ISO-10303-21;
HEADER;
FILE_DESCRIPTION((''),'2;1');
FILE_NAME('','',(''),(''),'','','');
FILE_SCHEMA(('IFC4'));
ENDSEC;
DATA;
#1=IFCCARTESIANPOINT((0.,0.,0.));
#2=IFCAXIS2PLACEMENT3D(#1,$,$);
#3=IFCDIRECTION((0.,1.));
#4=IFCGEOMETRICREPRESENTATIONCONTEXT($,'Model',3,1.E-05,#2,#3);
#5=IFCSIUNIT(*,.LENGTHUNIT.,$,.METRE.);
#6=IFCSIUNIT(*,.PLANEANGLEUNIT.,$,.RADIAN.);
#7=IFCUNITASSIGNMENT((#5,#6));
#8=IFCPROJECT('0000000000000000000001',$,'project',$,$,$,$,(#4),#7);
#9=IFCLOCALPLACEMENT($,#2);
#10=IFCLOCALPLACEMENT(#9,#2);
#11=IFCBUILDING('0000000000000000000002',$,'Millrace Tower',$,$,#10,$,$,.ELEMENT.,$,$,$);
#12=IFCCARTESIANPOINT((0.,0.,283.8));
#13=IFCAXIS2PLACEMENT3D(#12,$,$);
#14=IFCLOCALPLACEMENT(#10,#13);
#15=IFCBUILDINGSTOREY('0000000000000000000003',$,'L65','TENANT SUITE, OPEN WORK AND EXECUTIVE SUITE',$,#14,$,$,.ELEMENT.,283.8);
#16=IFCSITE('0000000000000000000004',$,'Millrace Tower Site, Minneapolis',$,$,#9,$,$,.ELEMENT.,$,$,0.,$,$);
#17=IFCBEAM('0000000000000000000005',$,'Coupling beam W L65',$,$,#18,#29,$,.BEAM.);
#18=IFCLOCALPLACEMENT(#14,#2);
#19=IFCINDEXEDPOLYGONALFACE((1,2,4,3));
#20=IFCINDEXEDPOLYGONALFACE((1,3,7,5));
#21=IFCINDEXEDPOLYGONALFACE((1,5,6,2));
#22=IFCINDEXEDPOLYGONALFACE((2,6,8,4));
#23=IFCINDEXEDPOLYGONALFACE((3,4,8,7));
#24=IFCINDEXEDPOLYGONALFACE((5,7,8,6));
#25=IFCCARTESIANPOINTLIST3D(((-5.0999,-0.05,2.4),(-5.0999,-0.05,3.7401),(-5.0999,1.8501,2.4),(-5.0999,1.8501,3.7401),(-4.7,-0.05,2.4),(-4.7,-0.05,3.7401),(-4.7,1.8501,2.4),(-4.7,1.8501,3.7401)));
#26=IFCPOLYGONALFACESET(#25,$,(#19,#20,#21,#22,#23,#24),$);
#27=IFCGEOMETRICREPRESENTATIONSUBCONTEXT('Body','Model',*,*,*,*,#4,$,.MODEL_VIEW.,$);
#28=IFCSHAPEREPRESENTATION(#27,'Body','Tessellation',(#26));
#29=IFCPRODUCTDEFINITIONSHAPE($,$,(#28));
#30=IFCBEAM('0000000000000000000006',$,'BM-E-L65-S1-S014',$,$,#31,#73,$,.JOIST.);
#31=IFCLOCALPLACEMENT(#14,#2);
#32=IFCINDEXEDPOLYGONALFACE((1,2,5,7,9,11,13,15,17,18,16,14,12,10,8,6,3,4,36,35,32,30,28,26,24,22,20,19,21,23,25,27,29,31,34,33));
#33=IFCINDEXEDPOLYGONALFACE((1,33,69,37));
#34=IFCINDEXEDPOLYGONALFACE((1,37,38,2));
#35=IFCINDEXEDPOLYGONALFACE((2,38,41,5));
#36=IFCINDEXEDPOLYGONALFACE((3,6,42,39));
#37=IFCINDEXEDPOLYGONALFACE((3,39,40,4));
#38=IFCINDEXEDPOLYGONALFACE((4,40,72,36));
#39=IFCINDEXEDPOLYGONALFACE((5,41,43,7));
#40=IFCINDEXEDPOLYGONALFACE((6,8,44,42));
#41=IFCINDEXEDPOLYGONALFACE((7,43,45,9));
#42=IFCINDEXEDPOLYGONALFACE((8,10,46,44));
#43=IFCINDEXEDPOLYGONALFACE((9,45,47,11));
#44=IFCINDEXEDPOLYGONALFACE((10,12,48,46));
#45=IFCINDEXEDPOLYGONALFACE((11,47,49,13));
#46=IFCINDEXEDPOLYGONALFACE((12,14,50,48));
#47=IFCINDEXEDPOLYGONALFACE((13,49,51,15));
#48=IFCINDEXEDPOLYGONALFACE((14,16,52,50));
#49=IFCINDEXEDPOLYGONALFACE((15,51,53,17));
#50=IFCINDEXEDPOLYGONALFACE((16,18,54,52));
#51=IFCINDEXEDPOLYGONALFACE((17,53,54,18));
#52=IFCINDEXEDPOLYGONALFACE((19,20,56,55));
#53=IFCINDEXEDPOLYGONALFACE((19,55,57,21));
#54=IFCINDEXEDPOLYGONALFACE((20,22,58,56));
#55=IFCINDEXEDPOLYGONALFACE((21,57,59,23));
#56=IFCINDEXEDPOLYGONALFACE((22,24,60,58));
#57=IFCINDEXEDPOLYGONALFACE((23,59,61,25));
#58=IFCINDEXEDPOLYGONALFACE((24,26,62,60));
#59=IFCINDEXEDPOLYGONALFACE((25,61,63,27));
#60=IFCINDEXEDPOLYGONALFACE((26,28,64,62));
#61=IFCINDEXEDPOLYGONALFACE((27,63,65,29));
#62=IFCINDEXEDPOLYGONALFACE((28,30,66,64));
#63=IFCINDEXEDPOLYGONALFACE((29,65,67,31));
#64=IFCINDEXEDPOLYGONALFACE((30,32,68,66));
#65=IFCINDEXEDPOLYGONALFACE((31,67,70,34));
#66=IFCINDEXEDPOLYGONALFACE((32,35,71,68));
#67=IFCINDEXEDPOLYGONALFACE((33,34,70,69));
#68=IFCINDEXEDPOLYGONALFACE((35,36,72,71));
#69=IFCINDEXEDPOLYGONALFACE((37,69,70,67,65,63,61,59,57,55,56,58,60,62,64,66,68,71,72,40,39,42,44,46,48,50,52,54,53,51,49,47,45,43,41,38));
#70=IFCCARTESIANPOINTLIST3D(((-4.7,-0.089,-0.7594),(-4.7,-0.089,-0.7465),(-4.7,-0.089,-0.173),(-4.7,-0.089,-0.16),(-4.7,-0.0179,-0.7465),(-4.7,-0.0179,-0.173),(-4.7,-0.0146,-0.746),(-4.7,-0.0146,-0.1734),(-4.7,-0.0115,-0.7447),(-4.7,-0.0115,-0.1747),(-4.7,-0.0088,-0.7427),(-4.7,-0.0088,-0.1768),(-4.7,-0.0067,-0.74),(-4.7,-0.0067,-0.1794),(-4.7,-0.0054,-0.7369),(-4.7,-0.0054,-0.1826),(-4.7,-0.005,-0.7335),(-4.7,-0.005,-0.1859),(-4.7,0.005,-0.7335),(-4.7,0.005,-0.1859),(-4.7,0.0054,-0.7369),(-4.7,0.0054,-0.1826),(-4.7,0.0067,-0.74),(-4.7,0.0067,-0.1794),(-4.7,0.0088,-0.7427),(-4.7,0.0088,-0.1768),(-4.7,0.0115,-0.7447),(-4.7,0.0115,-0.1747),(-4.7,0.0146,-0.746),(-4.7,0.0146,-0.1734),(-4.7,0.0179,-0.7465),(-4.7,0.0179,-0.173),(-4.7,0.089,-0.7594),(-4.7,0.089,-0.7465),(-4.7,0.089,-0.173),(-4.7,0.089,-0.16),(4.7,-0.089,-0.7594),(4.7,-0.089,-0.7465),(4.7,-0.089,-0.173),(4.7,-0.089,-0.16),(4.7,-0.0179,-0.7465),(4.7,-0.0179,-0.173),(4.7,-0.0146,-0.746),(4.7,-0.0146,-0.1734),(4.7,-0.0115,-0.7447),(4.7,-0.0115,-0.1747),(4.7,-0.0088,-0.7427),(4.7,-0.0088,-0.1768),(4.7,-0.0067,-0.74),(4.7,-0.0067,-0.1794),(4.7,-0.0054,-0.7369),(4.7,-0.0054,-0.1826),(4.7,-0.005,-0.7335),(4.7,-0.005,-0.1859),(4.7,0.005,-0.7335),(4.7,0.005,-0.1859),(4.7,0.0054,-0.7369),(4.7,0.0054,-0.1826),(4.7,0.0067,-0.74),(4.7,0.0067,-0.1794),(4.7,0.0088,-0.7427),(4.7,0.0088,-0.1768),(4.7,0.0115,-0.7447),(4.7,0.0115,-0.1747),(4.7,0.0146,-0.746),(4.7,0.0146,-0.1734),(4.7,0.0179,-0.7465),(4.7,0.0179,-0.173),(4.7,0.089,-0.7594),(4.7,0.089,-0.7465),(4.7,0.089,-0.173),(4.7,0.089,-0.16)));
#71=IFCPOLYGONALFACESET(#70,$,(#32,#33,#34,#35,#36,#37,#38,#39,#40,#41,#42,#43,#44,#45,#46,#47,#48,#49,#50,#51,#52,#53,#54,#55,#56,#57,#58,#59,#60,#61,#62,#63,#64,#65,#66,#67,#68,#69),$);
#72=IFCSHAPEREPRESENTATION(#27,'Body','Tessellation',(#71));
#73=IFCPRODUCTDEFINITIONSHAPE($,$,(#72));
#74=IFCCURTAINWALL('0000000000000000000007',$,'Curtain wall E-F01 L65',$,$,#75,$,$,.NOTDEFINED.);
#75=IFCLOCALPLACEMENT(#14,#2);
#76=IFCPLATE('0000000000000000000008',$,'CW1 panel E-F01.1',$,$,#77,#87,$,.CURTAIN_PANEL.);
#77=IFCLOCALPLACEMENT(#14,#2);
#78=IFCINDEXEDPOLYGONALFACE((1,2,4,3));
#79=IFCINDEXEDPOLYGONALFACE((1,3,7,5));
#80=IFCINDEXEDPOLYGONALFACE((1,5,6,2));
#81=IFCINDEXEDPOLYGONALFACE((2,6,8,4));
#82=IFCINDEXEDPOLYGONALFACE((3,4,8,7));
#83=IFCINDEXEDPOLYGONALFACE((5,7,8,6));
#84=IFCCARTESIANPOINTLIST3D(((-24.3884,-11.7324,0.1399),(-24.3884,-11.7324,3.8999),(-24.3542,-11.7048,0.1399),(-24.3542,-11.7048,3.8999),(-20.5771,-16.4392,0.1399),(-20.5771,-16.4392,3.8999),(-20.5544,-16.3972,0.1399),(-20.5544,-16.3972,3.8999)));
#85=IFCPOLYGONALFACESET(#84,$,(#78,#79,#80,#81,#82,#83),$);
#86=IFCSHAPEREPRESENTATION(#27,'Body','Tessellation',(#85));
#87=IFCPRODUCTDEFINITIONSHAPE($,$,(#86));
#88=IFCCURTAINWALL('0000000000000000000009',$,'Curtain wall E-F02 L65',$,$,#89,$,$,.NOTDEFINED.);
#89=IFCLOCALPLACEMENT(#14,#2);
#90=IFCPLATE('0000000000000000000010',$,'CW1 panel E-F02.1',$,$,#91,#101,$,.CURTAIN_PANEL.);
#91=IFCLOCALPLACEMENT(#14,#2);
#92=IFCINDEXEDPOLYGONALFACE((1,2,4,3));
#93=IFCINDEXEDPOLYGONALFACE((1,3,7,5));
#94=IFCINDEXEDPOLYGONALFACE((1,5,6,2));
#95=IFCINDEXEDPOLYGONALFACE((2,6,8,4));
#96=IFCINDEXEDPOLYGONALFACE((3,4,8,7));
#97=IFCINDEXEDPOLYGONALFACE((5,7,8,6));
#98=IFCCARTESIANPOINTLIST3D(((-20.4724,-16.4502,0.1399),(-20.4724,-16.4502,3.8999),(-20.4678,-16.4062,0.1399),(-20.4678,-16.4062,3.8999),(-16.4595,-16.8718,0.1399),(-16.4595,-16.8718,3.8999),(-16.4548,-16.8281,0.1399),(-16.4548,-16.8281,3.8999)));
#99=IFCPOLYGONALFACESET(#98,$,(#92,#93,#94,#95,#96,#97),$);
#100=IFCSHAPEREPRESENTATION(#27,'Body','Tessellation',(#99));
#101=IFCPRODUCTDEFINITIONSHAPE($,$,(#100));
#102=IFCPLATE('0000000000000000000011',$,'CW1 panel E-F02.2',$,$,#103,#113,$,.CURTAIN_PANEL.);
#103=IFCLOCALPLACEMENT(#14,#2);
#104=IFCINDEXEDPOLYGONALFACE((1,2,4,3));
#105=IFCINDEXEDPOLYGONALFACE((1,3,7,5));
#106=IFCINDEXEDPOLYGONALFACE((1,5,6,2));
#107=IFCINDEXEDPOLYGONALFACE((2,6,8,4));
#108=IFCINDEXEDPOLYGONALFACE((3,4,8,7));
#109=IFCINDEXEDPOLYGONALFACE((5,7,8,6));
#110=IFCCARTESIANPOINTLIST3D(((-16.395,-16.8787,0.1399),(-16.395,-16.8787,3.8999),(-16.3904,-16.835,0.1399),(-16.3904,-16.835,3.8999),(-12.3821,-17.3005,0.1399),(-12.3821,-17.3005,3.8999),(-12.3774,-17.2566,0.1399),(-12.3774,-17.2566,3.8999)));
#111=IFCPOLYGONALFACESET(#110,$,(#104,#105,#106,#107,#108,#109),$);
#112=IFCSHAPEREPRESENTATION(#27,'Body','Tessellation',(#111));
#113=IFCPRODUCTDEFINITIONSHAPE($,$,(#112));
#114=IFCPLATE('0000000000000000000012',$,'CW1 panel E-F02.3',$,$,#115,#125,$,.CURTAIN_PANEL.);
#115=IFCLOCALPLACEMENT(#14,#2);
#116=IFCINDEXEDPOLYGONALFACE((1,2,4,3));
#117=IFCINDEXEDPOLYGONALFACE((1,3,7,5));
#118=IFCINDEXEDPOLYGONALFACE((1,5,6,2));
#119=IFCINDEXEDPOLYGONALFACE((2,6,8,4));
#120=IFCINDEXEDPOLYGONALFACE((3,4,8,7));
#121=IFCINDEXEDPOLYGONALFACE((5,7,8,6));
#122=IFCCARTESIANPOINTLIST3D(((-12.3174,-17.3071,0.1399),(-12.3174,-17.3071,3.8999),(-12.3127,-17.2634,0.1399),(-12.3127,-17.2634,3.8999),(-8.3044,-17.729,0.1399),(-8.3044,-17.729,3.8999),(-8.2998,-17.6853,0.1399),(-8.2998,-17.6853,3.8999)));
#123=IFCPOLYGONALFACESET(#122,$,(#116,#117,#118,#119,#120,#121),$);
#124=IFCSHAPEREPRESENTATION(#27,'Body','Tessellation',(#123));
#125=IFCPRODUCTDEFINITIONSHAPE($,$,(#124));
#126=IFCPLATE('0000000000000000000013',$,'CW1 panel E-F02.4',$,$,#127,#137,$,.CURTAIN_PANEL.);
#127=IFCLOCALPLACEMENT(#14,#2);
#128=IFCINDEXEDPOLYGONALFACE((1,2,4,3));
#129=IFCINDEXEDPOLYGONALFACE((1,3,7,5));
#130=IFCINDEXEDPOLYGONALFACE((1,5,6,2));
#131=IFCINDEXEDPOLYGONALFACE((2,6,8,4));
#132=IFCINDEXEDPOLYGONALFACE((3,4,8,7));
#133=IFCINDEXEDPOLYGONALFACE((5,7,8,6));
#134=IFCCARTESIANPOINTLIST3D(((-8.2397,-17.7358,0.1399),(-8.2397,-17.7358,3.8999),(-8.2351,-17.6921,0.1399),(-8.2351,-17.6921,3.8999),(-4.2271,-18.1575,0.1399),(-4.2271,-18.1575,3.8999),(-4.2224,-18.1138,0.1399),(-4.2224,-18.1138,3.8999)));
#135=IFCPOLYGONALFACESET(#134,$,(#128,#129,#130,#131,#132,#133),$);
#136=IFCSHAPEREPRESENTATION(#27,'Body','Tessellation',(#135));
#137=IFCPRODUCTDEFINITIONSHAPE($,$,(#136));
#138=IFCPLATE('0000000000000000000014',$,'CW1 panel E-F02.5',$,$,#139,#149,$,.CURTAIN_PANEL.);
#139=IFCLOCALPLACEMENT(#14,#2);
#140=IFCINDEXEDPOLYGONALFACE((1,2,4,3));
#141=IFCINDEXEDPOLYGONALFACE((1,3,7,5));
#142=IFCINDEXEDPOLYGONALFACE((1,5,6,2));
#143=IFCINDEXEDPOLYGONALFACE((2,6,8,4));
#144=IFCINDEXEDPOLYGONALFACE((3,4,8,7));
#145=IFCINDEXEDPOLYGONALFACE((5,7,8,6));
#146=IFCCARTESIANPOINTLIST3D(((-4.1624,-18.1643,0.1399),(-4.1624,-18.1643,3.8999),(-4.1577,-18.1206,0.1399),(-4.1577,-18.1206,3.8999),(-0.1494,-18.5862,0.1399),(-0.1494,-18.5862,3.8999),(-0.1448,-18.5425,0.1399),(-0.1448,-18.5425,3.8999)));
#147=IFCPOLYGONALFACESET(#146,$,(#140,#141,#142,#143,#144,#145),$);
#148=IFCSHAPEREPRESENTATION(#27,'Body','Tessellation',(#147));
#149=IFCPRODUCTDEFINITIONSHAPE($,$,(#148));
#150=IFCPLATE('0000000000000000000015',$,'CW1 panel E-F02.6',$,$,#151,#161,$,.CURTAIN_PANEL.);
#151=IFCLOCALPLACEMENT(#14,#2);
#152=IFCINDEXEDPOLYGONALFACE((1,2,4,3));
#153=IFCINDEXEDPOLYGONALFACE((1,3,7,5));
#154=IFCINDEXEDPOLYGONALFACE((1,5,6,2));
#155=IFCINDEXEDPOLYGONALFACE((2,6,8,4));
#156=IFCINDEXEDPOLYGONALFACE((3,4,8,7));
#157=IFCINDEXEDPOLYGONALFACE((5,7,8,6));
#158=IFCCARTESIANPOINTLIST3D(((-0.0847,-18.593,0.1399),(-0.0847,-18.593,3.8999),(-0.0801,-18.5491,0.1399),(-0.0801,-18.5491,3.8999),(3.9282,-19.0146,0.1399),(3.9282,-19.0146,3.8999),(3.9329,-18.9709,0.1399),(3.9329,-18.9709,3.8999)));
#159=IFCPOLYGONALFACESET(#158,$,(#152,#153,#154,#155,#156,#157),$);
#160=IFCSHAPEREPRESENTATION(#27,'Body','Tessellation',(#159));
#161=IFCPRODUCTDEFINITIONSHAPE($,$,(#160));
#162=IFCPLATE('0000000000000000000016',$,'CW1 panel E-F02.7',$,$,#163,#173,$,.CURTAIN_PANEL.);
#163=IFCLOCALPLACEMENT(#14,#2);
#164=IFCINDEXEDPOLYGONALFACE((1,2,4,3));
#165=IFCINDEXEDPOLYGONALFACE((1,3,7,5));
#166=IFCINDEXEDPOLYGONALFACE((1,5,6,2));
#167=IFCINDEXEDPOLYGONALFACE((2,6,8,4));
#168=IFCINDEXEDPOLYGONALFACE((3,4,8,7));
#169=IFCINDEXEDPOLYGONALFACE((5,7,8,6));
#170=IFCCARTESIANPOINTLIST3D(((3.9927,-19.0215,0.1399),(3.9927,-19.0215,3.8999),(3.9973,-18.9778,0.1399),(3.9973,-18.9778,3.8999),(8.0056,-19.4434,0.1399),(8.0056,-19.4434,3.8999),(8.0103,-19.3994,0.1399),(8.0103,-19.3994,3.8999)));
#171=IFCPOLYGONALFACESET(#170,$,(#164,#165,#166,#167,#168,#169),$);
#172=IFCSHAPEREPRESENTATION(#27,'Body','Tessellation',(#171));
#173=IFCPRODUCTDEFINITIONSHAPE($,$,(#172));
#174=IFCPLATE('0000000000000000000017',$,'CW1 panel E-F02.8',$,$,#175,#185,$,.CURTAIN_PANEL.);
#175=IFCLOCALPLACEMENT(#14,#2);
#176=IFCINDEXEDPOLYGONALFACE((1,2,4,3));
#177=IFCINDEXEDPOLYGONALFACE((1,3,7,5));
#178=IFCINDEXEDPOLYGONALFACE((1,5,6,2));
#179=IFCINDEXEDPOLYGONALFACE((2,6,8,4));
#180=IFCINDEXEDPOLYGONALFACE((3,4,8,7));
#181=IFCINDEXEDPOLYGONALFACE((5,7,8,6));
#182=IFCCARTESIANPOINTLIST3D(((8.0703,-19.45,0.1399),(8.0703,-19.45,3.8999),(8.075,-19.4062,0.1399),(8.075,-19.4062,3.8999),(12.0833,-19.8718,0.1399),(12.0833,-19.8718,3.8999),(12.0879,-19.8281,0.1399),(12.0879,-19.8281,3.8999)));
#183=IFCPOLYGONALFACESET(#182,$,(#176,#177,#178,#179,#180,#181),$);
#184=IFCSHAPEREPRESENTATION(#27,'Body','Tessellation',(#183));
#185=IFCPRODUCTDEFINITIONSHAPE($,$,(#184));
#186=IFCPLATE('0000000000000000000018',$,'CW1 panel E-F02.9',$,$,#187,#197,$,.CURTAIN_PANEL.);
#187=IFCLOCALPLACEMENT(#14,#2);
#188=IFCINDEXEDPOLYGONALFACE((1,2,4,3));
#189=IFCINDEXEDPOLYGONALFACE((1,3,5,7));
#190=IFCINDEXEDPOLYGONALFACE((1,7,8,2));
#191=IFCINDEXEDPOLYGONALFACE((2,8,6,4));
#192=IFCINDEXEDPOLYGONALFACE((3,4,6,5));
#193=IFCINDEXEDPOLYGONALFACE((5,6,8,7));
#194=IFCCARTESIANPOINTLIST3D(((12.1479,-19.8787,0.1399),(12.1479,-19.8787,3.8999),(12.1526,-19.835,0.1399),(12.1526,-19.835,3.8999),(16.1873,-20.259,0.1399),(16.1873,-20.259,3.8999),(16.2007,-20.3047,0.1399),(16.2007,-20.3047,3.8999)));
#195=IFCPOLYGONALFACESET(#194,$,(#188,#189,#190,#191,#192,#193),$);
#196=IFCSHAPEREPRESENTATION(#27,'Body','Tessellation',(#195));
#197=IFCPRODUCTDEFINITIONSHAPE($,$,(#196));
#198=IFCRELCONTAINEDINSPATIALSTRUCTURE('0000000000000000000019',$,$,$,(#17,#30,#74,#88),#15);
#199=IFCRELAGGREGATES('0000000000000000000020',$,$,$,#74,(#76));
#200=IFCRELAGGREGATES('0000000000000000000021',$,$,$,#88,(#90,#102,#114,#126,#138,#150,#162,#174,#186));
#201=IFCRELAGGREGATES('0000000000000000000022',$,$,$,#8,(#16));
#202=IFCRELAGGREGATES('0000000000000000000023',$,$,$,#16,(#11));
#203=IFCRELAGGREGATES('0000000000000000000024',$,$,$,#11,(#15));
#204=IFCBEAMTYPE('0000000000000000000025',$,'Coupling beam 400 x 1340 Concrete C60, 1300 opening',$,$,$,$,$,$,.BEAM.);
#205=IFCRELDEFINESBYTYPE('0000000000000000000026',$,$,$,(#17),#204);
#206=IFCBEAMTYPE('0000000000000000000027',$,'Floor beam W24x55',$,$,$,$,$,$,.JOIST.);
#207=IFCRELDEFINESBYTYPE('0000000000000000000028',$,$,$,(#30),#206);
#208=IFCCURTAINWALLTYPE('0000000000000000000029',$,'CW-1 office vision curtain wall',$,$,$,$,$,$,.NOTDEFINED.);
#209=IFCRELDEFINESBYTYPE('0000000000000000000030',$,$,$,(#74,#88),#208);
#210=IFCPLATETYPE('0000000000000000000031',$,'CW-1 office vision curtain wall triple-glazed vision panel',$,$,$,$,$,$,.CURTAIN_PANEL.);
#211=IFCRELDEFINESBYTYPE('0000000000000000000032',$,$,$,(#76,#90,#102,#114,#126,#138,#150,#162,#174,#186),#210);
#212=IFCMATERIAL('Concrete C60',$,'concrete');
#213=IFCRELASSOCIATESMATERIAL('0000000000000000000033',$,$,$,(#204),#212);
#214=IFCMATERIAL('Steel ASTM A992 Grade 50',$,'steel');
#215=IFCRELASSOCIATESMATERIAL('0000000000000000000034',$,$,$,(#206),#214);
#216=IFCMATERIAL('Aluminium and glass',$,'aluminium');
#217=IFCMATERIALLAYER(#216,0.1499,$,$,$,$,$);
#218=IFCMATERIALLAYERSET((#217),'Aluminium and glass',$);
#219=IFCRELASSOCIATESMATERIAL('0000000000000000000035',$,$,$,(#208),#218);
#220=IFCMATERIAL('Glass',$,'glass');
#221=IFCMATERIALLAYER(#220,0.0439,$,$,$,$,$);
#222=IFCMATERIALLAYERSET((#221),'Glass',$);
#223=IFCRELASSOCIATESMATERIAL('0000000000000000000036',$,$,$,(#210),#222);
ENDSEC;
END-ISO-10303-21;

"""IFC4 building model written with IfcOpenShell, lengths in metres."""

from ifc_helpers import new_model, si_unit, direction, frame, origin, origin_2d, place, context, subcontext, project, spatial, polyline, rectangle, i_section, outline, extrude, material, layer, layer_set, material_profile, profile_set, type_object, element, aggregate, save


model = new_model("IFC4")

# Units and contexts
model_context = context("Model", 3, precision=1e-05, world=origin(), true_north=direction((0.0, 1.0)))
body_context = subcontext(model_context, "Body", "Model", "MODEL_VIEW")
ifc_project = project(units=[si_unit("LENGTHUNIT", "METRE"), si_unit("PLANEANGLEUNIT", "RADIAN")], contexts=[model_context])

# Site, building, storey
site_placement = place(None, origin())
site = spatial("IfcSite", under=ifc_project, at=site_placement, Name="Millrace Tower Site, Minneapolis", CompositionType="ELEMENT", RefElevation=0.0)
building_placement = place(site_placement, origin())
building = spatial("IfcBuilding", under=site, at=building_placement, Name="Millrace Tower", CompositionType="ELEMENT")
storey_placement = place(building_placement, frame((0.0, 0.0, 283.8)))
storey = spatial("IfcBuildingStorey", under=building, at=storey_placement, Name="L65", Description="TENANT SUITE, OPEN WORK AND EXECUTIVE SUITE", CompositionType="ELEMENT", Elevation=283.8)

# Beams
ifc_material_1 = material(Name="Concrete C60", Category="concrete")
ifc_material_profile_1 = material_profile(ifc_material_1, rectangle(XDim=0.3999, YDim=1.3401, at=origin_2d()))
ifc_profile_set_1 = profile_set([ifc_material_profile_1], Name="Concrete C60")
beam_type_1 = type_object("IfcBeamType", Name="Coupling beam 400 x 1340 Concrete C60, 1300 opening", PredefinedType="BEAM", material=ifc_profile_set_1)
beam_1_placement = place(storey_placement, frame((-4.8999, -0.05, 3.0701), z_axis=(0.0, 1.0, 0.0), x_axis=(-1.0, 0.0, 0.0)))
element("IfcBeam", 1, at=beam_1_placement, inside=storey, type_object=beam_type_1, Name="Coupling beam W L65", PredefinedType="BEAM", context=body_context, shape_type="SweptSolid", body=[
    extrude(rectangle(XDim=0.3999, YDim=1.3401, at=origin_2d()), origin(), (0.0, 0.0, 1.0), 1.9001),
])
ifc_material_2 = material(Name="Steel ASTM A992 Grade 50", Category="steel")
ifc_material_profile_2 = material_profile(ifc_material_2, i_section(OverallWidth=0.178, OverallDepth=0.5994, WebThickness=0.01, FlangeThickness=0.0129, FilletRadius=0.0129, at=origin_2d()))
ifc_profile_set_2 = profile_set([ifc_material_profile_2], Name="Steel ASTM A992 Grade 50")
beam_type_2 = type_object("IfcBeamType", Name="Floor beam W24x55", PredefinedType="JOIST", material=ifc_profile_set_2)
beam_2_placement = place(storey_placement, frame((-4.7, 0.0, -0.4597), z_axis=(1.0, 0.0, 0.0), x_axis=(0.0, 1.0, 0.0)))
element("IfcBeam", 2, at=beam_2_placement, inside=storey, type_object=beam_type_2, Name="BM-E-L65-S1-S014", PredefinedType="JOIST", context=body_context, shape_type="SweptSolid", body=[
    extrude(i_section(OverallWidth=0.178, OverallDepth=0.5994, WebThickness=0.01, FlangeThickness=0.0129, FilletRadius=0.0129, at=origin_2d()), origin(), (0.0, 0.0, 1.0), 9.3999),
])

# Curtain wall, plate
ifc_material_3 = material(Name="Aluminium and glass", Category="aluminium")
ifc_layer_1 = layer(ifc_material_3, 0.1499)
ifc_layer_set_1 = layer_set([ifc_layer_1], Name="Aluminium and glass")
curtain_wall_type = type_object("IfcCurtainWallType", Name="CW-1 office vision curtain wall", PredefinedType="NOTDEFINED", material=ifc_layer_set_1)
placement_1 = place(storey_placement, origin())
curtain_wall_1 = element("IfcCurtainWall", 3, at=placement_1, inside=storey, type_object=curtain_wall_type, Name="Curtain wall E-F01 L65", PredefinedType="NOTDEFINED")
ifc_material_4 = material(Name="Glass", Category="glass")
ifc_layer_2 = layer(ifc_material_4, 0.0439)
ifc_layer_set_2 = layer_set([ifc_layer_2], Name="Glass")
plate_type = type_object("IfcPlateType", Name="CW-1 office vision curtain wall triple-glazed vision panel", PredefinedType="CURTAIN_PANEL", material=ifc_layer_set_2)
placement_2 = place(storey_placement, frame((0.0, 0.0, 0.1399)))
plate_1 = element("IfcPlate", 4, at=placement_2, type_object=plate_type, Name="CW1 panel E-F01.1", PredefinedType="CURTAIN_PANEL", context=body_context, shape_type="SweptSolid", body=[
    extrude(outline(polyline([(-24.3884, -11.7324), (-20.5771, -16.4392), (-20.5544, -16.3972), (-24.3542, -11.7048), (-24.3884, -11.7324)])), origin(), (0.0, 0.0, 1.0), 3.76),
])
aggregate(curtain_wall_1, [plate_1])

# Curtain wall, plates
curtain_wall_2 = element("IfcCurtainWall", 5, at=placement_1, inside=storey, type_object=curtain_wall_type, Name="Curtain wall E-F02 L65", PredefinedType="NOTDEFINED")
plate_2 = element("IfcPlate", 6, at=placement_2, type_object=plate_type, Name="CW1 panel E-F02.1", PredefinedType="CURTAIN_PANEL", context=body_context, shape_type="SweptSolid", body=[
    extrude(outline(polyline([(-20.4724, -16.4502), (-16.4595, -16.8718), (-16.4548, -16.8281), (-20.4678, -16.4062), (-20.4724, -16.4502)])), origin(), (0.0, 0.0, 1.0), 3.76),
])
plate_3 = element("IfcPlate", 7, at=placement_2, type_object=plate_type, Name="CW1 panel E-F02.2", PredefinedType="CURTAIN_PANEL", context=body_context, shape_type="SweptSolid", body=[
    extrude(outline(polyline([(-16.395, -16.8787), (-12.3821, -17.3005), (-12.3774, -17.2566), (-16.3904, -16.835), (-16.395, -16.8787)])), origin(), (0.0, 0.0, 1.0), 3.76),
])
plate_4 = element("IfcPlate", 8, at=placement_2, type_object=plate_type, Name="CW1 panel E-F02.3", PredefinedType="CURTAIN_PANEL", context=body_context, shape_type="SweptSolid", body=[
    extrude(outline(polyline([(-12.3174, -17.3071), (-8.3044, -17.729), (-8.2998, -17.6853), (-12.3127, -17.2634), (-12.3174, -17.3071)])), origin(), (0.0, 0.0, 1.0), 3.76),
])
plate_5 = element("IfcPlate", 9, at=placement_2, type_object=plate_type, Name="CW1 panel E-F02.4", PredefinedType="CURTAIN_PANEL", context=body_context, shape_type="SweptSolid", body=[
    extrude(outline(polyline([(-8.2397, -17.7358), (-4.2271, -18.1575), (-4.2224, -18.1138), (-8.2351, -17.6921), (-8.2397, -17.7358)])), origin(), (0.0, 0.0, 1.0), 3.76),
])
plate_6 = element("IfcPlate", 10, at=placement_2, type_object=plate_type, Name="CW1 panel E-F02.5", PredefinedType="CURTAIN_PANEL", context=body_context, shape_type="SweptSolid", body=[
    extrude(outline(polyline([(-4.1624, -18.1643), (-0.1494, -18.5862), (-0.1448, -18.5425), (-4.1577, -18.1206), (-4.1624, -18.1643)])), origin(), (0.0, 0.0, 1.0), 3.76),
])
plate_7 = element("IfcPlate", 11, at=placement_2, type_object=plate_type, Name="CW1 panel E-F02.6", PredefinedType="CURTAIN_PANEL", context=body_context, shape_type="SweptSolid", body=[
    extrude(outline(polyline([(-0.0847, -18.593), (3.9282, -19.0146), (3.9329, -18.9709), (-0.0801, -18.5491), (-0.0847, -18.593)])), origin(), (0.0, 0.0, 1.0), 3.76),
])
plate_8 = element("IfcPlate", 12, at=placement_2, type_object=plate_type, Name="CW1 panel E-F02.7", PredefinedType="CURTAIN_PANEL", context=body_context, shape_type="SweptSolid", body=[
    extrude(outline(polyline([(3.9927, -19.0215), (8.0056, -19.4434), (8.0103, -19.3994), (3.9973, -18.9778), (3.9927, -19.0215)])), origin(), (0.0, 0.0, 1.0), 3.76),
])
plate_9 = element("IfcPlate", 13, at=placement_2, type_object=plate_type, Name="CW1 panel E-F02.8", PredefinedType="CURTAIN_PANEL", context=body_context, shape_type="SweptSolid", body=[
    extrude(outline(polyline([(8.0703, -19.45), (12.0833, -19.8718), (12.0879, -19.8281), (8.075, -19.4062), (8.0703, -19.45)])), origin(), (0.0, 0.0, 1.0), 3.76),
])
plate_10 = element("IfcPlate", 14, at=placement_2, type_object=plate_type, Name="CW1 panel E-F02.9", PredefinedType="CURTAIN_PANEL", context=body_context, shape_type="SweptSolid", body=[
    extrude(outline(polyline([(12.1479, -19.8787), (16.2007, -20.3047), (16.1873, -20.259), (12.1526, -19.835), (12.1479, -19.8787)])), origin(), (0.0, 0.0, 1.0), 3.76),
])
aggregate(curtain_wall_2, [plate_2, plate_3, plate_4, plate_5, plate_6, plate_7, plate_8, plate_9, plate_10])

save(model, "model.ifc")
